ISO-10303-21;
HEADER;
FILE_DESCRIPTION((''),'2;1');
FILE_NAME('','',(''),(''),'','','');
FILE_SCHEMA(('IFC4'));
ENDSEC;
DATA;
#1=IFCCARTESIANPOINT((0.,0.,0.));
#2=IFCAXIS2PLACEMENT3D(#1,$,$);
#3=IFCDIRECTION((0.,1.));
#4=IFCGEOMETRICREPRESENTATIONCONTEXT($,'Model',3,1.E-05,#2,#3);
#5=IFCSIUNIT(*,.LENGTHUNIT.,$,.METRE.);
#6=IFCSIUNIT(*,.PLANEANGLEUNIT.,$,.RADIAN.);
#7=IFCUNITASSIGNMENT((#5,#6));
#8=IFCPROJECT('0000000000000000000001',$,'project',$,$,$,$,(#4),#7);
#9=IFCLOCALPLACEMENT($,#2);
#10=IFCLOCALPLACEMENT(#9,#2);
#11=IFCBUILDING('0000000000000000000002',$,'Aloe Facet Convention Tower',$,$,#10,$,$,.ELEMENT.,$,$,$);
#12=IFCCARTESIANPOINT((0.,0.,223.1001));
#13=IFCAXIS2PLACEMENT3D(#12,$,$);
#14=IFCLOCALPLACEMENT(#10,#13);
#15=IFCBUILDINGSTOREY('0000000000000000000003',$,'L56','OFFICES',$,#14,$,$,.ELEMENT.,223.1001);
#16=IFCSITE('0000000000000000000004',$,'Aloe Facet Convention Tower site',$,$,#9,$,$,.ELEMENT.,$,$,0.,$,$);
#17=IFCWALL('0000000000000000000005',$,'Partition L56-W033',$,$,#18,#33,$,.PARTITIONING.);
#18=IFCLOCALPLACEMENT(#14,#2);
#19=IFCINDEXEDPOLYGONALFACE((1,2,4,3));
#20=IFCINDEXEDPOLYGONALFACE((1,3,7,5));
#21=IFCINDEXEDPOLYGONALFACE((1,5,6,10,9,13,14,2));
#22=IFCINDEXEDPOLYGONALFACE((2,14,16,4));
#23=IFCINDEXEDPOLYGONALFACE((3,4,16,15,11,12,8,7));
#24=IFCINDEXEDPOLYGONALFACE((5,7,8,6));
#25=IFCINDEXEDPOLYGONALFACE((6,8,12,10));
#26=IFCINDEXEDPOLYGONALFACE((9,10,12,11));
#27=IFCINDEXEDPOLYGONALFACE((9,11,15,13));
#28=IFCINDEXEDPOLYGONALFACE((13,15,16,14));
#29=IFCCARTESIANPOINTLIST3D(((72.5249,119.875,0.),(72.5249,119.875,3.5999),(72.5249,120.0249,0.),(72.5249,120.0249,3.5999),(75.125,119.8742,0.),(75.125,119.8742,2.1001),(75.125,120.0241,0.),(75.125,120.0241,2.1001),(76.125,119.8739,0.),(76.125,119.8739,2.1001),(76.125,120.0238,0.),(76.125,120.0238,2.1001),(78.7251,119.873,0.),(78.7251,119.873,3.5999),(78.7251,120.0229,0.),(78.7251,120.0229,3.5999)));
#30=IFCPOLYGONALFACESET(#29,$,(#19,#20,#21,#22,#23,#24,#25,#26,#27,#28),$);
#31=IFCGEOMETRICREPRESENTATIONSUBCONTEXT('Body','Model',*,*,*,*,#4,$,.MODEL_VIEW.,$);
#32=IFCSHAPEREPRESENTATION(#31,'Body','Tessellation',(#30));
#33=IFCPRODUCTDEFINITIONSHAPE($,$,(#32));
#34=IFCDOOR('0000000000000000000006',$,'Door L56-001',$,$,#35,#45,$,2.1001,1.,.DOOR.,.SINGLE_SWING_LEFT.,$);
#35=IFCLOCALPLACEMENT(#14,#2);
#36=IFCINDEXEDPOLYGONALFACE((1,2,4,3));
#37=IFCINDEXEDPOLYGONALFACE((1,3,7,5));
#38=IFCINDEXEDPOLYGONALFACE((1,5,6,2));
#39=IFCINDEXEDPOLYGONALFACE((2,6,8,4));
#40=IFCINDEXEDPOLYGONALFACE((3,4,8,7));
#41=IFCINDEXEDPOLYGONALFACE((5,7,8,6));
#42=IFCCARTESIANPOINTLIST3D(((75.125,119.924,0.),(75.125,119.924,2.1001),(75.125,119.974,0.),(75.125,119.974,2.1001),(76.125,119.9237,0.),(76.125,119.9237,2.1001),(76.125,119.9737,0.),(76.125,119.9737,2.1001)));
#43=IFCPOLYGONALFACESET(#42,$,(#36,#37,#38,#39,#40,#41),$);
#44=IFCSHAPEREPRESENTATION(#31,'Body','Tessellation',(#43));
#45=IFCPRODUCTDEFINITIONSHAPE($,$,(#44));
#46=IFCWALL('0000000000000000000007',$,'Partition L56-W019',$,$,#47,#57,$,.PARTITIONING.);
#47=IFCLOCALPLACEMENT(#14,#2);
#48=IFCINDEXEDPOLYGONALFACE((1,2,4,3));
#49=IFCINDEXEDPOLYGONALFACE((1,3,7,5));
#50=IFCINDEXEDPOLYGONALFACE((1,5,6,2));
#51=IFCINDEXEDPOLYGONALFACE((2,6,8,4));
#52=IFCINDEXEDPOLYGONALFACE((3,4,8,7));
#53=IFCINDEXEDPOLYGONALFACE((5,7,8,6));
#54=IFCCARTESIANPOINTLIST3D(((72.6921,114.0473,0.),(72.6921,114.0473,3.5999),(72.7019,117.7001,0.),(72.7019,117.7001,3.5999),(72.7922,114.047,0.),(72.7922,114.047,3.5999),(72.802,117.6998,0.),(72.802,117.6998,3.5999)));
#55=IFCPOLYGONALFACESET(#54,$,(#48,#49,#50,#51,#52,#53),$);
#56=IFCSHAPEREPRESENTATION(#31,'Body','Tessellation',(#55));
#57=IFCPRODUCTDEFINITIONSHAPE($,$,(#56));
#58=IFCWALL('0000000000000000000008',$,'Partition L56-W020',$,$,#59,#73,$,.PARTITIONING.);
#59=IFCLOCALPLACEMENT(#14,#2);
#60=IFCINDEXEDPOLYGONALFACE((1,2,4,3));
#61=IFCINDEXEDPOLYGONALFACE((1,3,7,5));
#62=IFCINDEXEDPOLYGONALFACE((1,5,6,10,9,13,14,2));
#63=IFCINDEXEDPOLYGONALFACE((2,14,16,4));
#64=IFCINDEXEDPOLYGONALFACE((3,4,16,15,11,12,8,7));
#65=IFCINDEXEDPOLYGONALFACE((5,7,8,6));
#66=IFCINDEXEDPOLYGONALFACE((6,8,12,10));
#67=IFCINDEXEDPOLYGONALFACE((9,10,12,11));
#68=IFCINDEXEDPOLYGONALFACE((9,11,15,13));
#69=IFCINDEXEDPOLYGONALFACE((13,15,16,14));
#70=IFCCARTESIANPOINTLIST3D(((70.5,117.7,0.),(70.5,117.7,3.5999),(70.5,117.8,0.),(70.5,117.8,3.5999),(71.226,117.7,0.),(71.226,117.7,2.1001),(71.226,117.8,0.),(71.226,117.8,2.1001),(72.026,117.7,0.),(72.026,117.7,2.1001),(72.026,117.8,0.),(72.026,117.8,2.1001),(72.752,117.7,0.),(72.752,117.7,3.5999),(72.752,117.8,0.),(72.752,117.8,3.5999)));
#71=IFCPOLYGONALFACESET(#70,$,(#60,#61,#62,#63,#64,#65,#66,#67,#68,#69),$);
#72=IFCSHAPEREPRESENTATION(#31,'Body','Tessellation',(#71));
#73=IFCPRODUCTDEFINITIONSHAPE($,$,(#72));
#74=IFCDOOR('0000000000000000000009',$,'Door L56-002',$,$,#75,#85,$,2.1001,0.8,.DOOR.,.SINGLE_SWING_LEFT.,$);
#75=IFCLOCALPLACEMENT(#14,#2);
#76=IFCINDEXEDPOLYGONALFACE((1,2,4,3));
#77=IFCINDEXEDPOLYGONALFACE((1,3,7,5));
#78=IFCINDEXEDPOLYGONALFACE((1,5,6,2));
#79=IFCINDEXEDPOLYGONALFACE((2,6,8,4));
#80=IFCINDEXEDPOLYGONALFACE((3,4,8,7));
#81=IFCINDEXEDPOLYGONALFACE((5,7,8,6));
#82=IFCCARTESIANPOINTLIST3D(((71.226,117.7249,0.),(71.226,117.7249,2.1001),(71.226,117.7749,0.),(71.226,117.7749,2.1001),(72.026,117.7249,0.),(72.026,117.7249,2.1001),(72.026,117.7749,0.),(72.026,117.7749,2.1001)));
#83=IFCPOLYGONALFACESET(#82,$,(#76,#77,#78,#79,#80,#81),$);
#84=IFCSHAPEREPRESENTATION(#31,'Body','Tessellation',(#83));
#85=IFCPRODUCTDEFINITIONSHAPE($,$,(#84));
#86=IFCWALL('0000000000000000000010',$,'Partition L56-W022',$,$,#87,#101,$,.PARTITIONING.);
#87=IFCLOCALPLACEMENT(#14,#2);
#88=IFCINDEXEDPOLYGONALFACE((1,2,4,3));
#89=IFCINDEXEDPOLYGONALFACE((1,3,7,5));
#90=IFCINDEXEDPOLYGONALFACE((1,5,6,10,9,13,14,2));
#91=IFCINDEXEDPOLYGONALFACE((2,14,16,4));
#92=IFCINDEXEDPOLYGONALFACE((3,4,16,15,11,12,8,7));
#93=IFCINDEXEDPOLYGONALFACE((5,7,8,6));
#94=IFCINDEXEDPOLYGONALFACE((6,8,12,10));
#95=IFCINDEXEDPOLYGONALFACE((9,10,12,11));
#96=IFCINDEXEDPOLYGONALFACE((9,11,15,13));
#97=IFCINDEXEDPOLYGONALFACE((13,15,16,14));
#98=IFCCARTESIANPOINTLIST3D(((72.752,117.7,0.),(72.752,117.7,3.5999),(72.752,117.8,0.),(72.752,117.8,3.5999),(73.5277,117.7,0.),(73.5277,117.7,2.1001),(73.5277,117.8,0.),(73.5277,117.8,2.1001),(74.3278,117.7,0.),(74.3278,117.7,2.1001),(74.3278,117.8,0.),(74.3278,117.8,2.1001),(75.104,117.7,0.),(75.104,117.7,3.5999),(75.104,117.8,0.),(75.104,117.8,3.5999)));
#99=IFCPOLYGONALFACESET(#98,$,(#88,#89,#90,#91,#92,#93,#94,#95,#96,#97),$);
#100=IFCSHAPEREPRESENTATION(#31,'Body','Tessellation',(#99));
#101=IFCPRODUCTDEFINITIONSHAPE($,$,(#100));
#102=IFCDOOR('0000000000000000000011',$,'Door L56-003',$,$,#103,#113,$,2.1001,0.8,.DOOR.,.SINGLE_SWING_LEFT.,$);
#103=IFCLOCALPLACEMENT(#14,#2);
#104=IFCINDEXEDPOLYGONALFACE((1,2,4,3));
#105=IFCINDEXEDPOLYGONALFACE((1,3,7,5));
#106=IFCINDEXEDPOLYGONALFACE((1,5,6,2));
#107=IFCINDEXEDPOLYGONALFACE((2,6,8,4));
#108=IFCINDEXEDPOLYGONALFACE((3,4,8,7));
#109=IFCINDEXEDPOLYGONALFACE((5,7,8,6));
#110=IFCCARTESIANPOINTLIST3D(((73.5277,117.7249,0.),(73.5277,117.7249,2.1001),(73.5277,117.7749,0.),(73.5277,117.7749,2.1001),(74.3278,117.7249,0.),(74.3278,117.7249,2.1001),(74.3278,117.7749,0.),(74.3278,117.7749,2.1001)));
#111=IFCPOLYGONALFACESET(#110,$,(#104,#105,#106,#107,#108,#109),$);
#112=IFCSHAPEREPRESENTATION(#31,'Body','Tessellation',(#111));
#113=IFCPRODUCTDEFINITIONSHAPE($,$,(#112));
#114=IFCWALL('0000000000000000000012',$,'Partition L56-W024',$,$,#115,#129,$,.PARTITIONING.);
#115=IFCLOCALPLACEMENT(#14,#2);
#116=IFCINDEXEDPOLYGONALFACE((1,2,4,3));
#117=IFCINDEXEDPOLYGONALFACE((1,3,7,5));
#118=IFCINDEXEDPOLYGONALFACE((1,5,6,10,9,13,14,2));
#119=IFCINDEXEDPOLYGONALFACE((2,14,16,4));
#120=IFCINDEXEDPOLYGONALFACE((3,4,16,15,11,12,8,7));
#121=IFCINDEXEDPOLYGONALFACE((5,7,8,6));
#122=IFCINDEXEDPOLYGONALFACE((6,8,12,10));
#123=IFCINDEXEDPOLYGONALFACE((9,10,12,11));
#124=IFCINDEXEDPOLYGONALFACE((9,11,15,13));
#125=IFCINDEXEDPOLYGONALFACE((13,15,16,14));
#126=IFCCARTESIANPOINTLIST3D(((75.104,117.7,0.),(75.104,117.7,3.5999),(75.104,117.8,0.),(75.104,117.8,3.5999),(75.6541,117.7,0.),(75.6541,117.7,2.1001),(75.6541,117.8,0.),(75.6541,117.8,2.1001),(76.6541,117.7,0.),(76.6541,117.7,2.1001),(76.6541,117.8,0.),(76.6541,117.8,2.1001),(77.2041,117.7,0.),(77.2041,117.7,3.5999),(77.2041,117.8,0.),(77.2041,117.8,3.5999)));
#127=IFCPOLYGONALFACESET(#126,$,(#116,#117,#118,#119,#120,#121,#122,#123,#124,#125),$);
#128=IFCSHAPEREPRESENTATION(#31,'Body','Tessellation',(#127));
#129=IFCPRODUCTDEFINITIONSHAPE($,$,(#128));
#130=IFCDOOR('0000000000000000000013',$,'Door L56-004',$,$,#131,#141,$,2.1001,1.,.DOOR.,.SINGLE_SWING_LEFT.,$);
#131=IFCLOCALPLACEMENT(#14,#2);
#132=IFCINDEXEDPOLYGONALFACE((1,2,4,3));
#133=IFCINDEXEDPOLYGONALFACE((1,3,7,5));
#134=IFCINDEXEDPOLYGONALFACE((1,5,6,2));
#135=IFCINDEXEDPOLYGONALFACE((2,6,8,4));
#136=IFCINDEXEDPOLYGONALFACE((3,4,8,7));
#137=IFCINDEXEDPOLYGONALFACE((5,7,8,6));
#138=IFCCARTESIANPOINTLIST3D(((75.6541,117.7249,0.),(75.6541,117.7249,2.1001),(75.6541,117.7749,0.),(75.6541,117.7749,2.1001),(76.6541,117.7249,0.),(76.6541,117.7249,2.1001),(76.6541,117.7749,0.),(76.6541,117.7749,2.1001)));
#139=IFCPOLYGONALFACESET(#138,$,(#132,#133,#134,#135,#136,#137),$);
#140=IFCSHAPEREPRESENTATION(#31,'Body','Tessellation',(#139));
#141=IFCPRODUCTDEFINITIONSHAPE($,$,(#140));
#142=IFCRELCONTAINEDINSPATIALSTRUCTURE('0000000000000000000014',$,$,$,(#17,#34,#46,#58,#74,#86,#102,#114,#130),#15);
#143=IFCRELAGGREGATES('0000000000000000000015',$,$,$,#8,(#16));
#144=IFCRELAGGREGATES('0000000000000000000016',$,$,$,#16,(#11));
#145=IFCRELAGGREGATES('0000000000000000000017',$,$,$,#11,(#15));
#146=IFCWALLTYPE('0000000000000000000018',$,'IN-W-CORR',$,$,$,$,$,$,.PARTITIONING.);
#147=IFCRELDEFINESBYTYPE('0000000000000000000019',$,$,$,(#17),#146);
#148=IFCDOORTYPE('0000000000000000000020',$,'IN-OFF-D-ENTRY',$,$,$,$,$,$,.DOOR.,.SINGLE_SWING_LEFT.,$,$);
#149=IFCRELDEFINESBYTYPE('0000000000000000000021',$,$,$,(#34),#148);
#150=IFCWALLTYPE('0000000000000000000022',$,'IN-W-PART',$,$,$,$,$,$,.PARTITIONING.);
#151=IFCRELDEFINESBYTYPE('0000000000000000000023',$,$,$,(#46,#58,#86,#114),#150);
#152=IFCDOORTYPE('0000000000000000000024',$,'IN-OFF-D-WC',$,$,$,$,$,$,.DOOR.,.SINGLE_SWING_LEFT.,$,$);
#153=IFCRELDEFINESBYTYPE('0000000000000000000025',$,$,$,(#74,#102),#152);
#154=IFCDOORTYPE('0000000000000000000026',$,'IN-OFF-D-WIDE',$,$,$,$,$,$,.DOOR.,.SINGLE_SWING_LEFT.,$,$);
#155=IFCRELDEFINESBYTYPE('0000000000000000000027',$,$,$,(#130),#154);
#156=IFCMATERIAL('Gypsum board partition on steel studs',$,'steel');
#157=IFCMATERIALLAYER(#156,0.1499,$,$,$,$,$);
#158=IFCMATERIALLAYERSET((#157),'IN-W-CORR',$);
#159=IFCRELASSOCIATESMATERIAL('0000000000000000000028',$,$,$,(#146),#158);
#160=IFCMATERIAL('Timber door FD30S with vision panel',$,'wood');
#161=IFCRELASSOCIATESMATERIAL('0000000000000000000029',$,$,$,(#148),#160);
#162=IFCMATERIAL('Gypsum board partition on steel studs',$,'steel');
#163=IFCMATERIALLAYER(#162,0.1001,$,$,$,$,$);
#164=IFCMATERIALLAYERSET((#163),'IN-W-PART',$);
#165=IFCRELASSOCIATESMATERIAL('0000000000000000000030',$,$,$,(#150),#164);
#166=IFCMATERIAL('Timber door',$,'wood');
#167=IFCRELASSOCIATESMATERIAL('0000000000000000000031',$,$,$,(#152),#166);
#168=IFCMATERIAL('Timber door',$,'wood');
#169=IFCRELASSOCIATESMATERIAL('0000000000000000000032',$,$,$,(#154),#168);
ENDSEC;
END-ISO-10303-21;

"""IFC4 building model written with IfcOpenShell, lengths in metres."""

from ifc_helpers import new_model, si_unit, direction, frame, frame_2d, origin, place, context, subcontext, project, spatial, rectangle, extrude, material, layer, layer_set, type_object, element, fill, save


model = new_model("IFC4")

# Units and contexts
model_context = context("Model", 3, precision=1e-05, world=origin(), true_north=direction((0.0, 1.0)))
body_context = subcontext(model_context, "Body", "Model", "MODEL_VIEW")
ifc_project = project(units=[si_unit("LENGTHUNIT", "METRE"), si_unit("PLANEANGLEUNIT", "RADIAN")], contexts=[model_context])

# Site, building, storey
site_placement = place(None, origin())
site = spatial("IfcSite", under=ifc_project, at=site_placement, Name="Aloe Facet Convention Tower site", CompositionType="ELEMENT", RefElevation=0.0)
building_placement = place(site_placement, origin())
building = spatial("IfcBuilding", under=site, at=building_placement, Name="Aloe Facet Convention Tower", CompositionType="ELEMENT")
storey_placement = place(building_placement, frame((0.0, 0.0, 223.1001)))
storey = spatial("IfcBuildingStorey", under=building, at=storey_placement, Name="L56", Description="OFFICES", CompositionType="ELEMENT", Elevation=223.1001)

# Wall, opening, door
ifc_material_1 = material(Name="Gypsum board partition on steel studs", Category="steel")
ifc_layer_1 = layer(ifc_material_1, 0.1499)
ifc_layer_set_1 = layer_set([ifc_layer_1], Name="IN-W-CORR")
wall_type_1 = type_object("IfcWallType", Name="IN-W-CORR", PredefinedType="PARTITIONING", material=ifc_layer_set_1)
ifc_material_2 = material(Name="Timber door FD30S with vision panel", Category="wood")
door_type_1 = type_object("IfcDoorType", Name="IN-OFF-D-ENTRY", OperationType="SINGLE_SWING_LEFT", PredefinedType="DOOR", material=ifc_material_2)
wall_1_placement = place(storey_placement, frame((72.5249, 119.95, 0.0), z_axis=(0.0, 0.0, 1.0), x_axis=(1.0, -0.000315, 0.0)))
wall_1 = element("IfcWall", 1, at=wall_1_placement, inside=storey, type_object=wall_type_1, Name="Partition L56-W033", PredefinedType="PARTITIONING", context=body_context, shape_type="SweptSolid", body=[
    extrude(rectangle(XDim=6.2002, YDim=0.1499, at=frame_2d((3.1001, 0.0))), origin(), (0.0, 0.0, 1.0), 3.5999),
])
opening_1_placement = place(wall_1_placement, frame((2.6001, 0.0, 0.0)))
opening_1 = element("IfcOpeningElement", 2, at=opening_1_placement, cuts=wall_1, PredefinedType="OPENING", context=body_context, shape_type="SweptSolid", body=[
    extrude(rectangle(XDim=1.0, YDim=2.1001, at=frame_2d((0.5, 1.05))), frame((0.0, 0.085, 0.0), z_axis=(0.0, -1.0, 0.0), x_axis=(1.0, 0.0, 0.0)), (0.0, 0.0, 1.0), 0.1699),
])
door_1_placement = place(opening_1_placement, origin())
door_1 = element("IfcDoor", 3, at=door_1_placement, inside=storey, type_object=door_type_1, Name="Door L56-001", OperationType="SINGLE_SWING_LEFT", OverallHeight=2.1001, OverallWidth=1.0, PredefinedType="DOOR", context=body_context, shape_type="SweptSolid", body=[
    extrude(rectangle(XDim=1.0, YDim=2.1001, at=frame_2d((0.5, 1.05))), frame((0.0, 0.0249, 0.0), z_axis=(0.0, -1.0, 0.0), x_axis=(1.0, 0.0, 0.0)), (0.0, 0.0, 1.0), 0.05),
])
fill(opening_1, door_1)

# Wall
ifc_material_3 = material(Name="Gypsum board partition on steel studs", Category="steel")
ifc_layer_2 = layer(ifc_material_3, 0.1001)
ifc_layer_set_2 = layer_set([ifc_layer_2], Name="IN-W-PART")
wall_type_2 = type_object("IfcWallType", Name="IN-W-PART", PredefinedType="PARTITIONING", material=ifc_layer_set_2)
wall_2_placement = place(storey_placement, frame((72.7422, 114.0471, 0.0), z_axis=(0.0, 0.0, 1.0), x_axis=(0.002673, 0.999996, 0.0)))
element("IfcWall", 4, at=wall_2_placement, inside=storey, type_object=wall_type_2, Name="Partition L56-W019", PredefinedType="PARTITIONING", context=body_context, shape_type="SweptSolid", body=[
    extrude(rectangle(XDim=3.6528, YDim=0.1001, at=frame_2d((1.8264, 0.0))), origin(), (0.0, 0.0, 1.0), 3.5999),
])

# Walls, openings, doors
wall_3_placement = place(storey_placement, frame((70.5, 117.75, 0.0), z_axis=(0.0, 0.0, 1.0), x_axis=(1.0, 0.0, 0.0)))
wall_3 = element("IfcWall", 5, at=wall_3_placement, inside=storey, type_object=wall_type_2, Name="Partition L56-W020", PredefinedType="PARTITIONING", context=body_context, shape_type="SweptSolid", body=[
    extrude(rectangle(XDim=2.252, YDim=0.1001, at=frame_2d((1.126, 0.0))), origin(), (0.0, 0.0, 1.0), 3.5999),
])
opening_2_placement = place(wall_3_placement, frame((0.7261, 0.0, 0.0)))
opening_2 = element("IfcOpeningElement", 6, at=opening_2_placement, cuts=wall_3, PredefinedType="OPENING", context=body_context, shape_type="SweptSolid", body=[
    extrude(rectangle(XDim=0.8, YDim=2.1001, at=frame_2d((0.3999, 1.05))), frame((0.0, 0.0601, 0.0), z_axis=(0.0, -1.0, 0.0), x_axis=(1.0, 0.0, 0.0)), (0.0, 0.0, 1.0), 0.1201),
])
ifc_material_4 = material(Name="Timber door", Category="wood")
door_type_2 = type_object("IfcDoorType", Name="IN-OFF-D-WC", OperationType="SINGLE_SWING_LEFT", PredefinedType="DOOR", material=ifc_material_4)
door_2_placement = place(opening_2_placement, origin())
door_2 = element("IfcDoor", 7, at=door_2_placement, inside=storey, type_object=door_type_2, Name="Door L56-002", OperationType="SINGLE_SWING_LEFT", OverallHeight=2.1001, OverallWidth=0.8, PredefinedType="DOOR", context=body_context, shape_type="SweptSolid", body=[
    extrude(rectangle(XDim=0.8, YDim=2.1001, at=frame_2d((0.3999, 1.05))), frame((0.0, 0.0249, 0.0), z_axis=(0.0, -1.0, 0.0), x_axis=(1.0, 0.0, 0.0)), (0.0, 0.0, 1.0), 0.05),
])
fill(opening_2, door_2)
wall_4_placement = place(storey_placement, frame((72.752, 117.75, 0.0), z_axis=(0.0, 0.0, 1.0), x_axis=(1.0, 0.0, 0.0)))
wall_4 = element("IfcWall", 8, at=wall_4_placement, inside=storey, type_object=wall_type_2, Name="Partition L56-W022", PredefinedType="PARTITIONING", context=body_context, shape_type="SweptSolid", body=[
    extrude(rectangle(XDim=2.3521, YDim=0.1001, at=frame_2d((1.176, 0.0))), origin(), (0.0, 0.0, 1.0), 3.5999),
])
opening_3_placement = place(wall_4_placement, frame((0.7759, 0.0, 0.0)))
opening_3 = element("IfcOpeningElement", 9, at=opening_3_placement, cuts=wall_4, PredefinedType="OPENING", context=body_context, shape_type="SweptSolid", body=[
    extrude(rectangle(XDim=0.8, YDim=2.1001, at=frame_2d((0.3999, 1.05))), frame((0.0, 0.0601, 0.0), z_axis=(0.0, -1.0, 0.0), x_axis=(1.0, 0.0, 0.0)), (0.0, 0.0, 1.0), 0.1201),
])
door_3_placement = place(opening_3_placement, origin())
door_3 = element("IfcDoor", 10, at=door_3_placement, inside=storey, type_object=door_type_2, Name="Door L56-003", OperationType="SINGLE_SWING_LEFT", OverallHeight=2.1001, OverallWidth=0.8, PredefinedType="DOOR", context=body_context, shape_type="SweptSolid", body=[
    extrude(rectangle(XDim=0.8, YDim=2.1001, at=frame_2d((0.3999, 1.05))), frame((0.0, 0.0249, 0.0), z_axis=(0.0, -1.0, 0.0), x_axis=(1.0, 0.0, 0.0)), (0.0, 0.0, 1.0), 0.05),
])
fill(opening_3, door_3)
wall_5_placement = place(storey_placement, frame((75.104, 117.75, 0.0), z_axis=(0.0, 0.0, 1.0), x_axis=(1.0, 0.0, 0.0)))
wall_5 = element("IfcWall", 11, at=wall_5_placement, inside=storey, type_object=wall_type_2, Name="Partition L56-W024", PredefinedType="PARTITIONING", context=body_context, shape_type="SweptSolid", body=[
    extrude(rectangle(XDim=2.1001, YDim=0.1001, at=frame_2d((1.05, 0.0))), origin(), (0.0, 0.0, 1.0), 3.5999),
])
opening_4_placement = place(wall_5_placement, frame((0.55, 0.0, 0.0)))
opening_4 = element("IfcOpeningElement", 12, at=opening_4_placement, cuts=wall_5, PredefinedType="OPENING", context=body_context, shape_type="SweptSolid", body=[
    extrude(rectangle(XDim=1.0, YDim=2.1001, at=frame_2d((0.5, 1.05))), frame((0.0, 0.0601, 0.0), z_axis=(0.0, -1.0, 0.0), x_axis=(1.0, 0.0, 0.0)), (0.0, 0.0, 1.0), 0.1201),
])
ifc_material_5 = material(Name="Timber door", Category="wood")
door_type_3 = type_object("IfcDoorType", Name="IN-OFF-D-WIDE", OperationType="SINGLE_SWING_LEFT", PredefinedType="DOOR", material=ifc_material_5)
door_4_placement = place(opening_4_placement, origin())
door_4 = element("IfcDoor", 13, at=door_4_placement, inside=storey, type_object=door_type_3, Name="Door L56-004", OperationType="SINGLE_SWING_LEFT", OverallHeight=2.1001, OverallWidth=1.0, PredefinedType="DOOR", context=body_context, shape_type="SweptSolid", body=[
    extrude(rectangle(XDim=1.0, YDim=2.1001, at=frame_2d((0.5, 1.05))), frame((0.0, 0.0249, 0.0), z_axis=(0.0, -1.0, 0.0), x_axis=(1.0, 0.0, 0.0)), (0.0, 0.0, 1.0), 0.05),
])
fill(opening_4, door_4)

save(model, "model.ifc")
